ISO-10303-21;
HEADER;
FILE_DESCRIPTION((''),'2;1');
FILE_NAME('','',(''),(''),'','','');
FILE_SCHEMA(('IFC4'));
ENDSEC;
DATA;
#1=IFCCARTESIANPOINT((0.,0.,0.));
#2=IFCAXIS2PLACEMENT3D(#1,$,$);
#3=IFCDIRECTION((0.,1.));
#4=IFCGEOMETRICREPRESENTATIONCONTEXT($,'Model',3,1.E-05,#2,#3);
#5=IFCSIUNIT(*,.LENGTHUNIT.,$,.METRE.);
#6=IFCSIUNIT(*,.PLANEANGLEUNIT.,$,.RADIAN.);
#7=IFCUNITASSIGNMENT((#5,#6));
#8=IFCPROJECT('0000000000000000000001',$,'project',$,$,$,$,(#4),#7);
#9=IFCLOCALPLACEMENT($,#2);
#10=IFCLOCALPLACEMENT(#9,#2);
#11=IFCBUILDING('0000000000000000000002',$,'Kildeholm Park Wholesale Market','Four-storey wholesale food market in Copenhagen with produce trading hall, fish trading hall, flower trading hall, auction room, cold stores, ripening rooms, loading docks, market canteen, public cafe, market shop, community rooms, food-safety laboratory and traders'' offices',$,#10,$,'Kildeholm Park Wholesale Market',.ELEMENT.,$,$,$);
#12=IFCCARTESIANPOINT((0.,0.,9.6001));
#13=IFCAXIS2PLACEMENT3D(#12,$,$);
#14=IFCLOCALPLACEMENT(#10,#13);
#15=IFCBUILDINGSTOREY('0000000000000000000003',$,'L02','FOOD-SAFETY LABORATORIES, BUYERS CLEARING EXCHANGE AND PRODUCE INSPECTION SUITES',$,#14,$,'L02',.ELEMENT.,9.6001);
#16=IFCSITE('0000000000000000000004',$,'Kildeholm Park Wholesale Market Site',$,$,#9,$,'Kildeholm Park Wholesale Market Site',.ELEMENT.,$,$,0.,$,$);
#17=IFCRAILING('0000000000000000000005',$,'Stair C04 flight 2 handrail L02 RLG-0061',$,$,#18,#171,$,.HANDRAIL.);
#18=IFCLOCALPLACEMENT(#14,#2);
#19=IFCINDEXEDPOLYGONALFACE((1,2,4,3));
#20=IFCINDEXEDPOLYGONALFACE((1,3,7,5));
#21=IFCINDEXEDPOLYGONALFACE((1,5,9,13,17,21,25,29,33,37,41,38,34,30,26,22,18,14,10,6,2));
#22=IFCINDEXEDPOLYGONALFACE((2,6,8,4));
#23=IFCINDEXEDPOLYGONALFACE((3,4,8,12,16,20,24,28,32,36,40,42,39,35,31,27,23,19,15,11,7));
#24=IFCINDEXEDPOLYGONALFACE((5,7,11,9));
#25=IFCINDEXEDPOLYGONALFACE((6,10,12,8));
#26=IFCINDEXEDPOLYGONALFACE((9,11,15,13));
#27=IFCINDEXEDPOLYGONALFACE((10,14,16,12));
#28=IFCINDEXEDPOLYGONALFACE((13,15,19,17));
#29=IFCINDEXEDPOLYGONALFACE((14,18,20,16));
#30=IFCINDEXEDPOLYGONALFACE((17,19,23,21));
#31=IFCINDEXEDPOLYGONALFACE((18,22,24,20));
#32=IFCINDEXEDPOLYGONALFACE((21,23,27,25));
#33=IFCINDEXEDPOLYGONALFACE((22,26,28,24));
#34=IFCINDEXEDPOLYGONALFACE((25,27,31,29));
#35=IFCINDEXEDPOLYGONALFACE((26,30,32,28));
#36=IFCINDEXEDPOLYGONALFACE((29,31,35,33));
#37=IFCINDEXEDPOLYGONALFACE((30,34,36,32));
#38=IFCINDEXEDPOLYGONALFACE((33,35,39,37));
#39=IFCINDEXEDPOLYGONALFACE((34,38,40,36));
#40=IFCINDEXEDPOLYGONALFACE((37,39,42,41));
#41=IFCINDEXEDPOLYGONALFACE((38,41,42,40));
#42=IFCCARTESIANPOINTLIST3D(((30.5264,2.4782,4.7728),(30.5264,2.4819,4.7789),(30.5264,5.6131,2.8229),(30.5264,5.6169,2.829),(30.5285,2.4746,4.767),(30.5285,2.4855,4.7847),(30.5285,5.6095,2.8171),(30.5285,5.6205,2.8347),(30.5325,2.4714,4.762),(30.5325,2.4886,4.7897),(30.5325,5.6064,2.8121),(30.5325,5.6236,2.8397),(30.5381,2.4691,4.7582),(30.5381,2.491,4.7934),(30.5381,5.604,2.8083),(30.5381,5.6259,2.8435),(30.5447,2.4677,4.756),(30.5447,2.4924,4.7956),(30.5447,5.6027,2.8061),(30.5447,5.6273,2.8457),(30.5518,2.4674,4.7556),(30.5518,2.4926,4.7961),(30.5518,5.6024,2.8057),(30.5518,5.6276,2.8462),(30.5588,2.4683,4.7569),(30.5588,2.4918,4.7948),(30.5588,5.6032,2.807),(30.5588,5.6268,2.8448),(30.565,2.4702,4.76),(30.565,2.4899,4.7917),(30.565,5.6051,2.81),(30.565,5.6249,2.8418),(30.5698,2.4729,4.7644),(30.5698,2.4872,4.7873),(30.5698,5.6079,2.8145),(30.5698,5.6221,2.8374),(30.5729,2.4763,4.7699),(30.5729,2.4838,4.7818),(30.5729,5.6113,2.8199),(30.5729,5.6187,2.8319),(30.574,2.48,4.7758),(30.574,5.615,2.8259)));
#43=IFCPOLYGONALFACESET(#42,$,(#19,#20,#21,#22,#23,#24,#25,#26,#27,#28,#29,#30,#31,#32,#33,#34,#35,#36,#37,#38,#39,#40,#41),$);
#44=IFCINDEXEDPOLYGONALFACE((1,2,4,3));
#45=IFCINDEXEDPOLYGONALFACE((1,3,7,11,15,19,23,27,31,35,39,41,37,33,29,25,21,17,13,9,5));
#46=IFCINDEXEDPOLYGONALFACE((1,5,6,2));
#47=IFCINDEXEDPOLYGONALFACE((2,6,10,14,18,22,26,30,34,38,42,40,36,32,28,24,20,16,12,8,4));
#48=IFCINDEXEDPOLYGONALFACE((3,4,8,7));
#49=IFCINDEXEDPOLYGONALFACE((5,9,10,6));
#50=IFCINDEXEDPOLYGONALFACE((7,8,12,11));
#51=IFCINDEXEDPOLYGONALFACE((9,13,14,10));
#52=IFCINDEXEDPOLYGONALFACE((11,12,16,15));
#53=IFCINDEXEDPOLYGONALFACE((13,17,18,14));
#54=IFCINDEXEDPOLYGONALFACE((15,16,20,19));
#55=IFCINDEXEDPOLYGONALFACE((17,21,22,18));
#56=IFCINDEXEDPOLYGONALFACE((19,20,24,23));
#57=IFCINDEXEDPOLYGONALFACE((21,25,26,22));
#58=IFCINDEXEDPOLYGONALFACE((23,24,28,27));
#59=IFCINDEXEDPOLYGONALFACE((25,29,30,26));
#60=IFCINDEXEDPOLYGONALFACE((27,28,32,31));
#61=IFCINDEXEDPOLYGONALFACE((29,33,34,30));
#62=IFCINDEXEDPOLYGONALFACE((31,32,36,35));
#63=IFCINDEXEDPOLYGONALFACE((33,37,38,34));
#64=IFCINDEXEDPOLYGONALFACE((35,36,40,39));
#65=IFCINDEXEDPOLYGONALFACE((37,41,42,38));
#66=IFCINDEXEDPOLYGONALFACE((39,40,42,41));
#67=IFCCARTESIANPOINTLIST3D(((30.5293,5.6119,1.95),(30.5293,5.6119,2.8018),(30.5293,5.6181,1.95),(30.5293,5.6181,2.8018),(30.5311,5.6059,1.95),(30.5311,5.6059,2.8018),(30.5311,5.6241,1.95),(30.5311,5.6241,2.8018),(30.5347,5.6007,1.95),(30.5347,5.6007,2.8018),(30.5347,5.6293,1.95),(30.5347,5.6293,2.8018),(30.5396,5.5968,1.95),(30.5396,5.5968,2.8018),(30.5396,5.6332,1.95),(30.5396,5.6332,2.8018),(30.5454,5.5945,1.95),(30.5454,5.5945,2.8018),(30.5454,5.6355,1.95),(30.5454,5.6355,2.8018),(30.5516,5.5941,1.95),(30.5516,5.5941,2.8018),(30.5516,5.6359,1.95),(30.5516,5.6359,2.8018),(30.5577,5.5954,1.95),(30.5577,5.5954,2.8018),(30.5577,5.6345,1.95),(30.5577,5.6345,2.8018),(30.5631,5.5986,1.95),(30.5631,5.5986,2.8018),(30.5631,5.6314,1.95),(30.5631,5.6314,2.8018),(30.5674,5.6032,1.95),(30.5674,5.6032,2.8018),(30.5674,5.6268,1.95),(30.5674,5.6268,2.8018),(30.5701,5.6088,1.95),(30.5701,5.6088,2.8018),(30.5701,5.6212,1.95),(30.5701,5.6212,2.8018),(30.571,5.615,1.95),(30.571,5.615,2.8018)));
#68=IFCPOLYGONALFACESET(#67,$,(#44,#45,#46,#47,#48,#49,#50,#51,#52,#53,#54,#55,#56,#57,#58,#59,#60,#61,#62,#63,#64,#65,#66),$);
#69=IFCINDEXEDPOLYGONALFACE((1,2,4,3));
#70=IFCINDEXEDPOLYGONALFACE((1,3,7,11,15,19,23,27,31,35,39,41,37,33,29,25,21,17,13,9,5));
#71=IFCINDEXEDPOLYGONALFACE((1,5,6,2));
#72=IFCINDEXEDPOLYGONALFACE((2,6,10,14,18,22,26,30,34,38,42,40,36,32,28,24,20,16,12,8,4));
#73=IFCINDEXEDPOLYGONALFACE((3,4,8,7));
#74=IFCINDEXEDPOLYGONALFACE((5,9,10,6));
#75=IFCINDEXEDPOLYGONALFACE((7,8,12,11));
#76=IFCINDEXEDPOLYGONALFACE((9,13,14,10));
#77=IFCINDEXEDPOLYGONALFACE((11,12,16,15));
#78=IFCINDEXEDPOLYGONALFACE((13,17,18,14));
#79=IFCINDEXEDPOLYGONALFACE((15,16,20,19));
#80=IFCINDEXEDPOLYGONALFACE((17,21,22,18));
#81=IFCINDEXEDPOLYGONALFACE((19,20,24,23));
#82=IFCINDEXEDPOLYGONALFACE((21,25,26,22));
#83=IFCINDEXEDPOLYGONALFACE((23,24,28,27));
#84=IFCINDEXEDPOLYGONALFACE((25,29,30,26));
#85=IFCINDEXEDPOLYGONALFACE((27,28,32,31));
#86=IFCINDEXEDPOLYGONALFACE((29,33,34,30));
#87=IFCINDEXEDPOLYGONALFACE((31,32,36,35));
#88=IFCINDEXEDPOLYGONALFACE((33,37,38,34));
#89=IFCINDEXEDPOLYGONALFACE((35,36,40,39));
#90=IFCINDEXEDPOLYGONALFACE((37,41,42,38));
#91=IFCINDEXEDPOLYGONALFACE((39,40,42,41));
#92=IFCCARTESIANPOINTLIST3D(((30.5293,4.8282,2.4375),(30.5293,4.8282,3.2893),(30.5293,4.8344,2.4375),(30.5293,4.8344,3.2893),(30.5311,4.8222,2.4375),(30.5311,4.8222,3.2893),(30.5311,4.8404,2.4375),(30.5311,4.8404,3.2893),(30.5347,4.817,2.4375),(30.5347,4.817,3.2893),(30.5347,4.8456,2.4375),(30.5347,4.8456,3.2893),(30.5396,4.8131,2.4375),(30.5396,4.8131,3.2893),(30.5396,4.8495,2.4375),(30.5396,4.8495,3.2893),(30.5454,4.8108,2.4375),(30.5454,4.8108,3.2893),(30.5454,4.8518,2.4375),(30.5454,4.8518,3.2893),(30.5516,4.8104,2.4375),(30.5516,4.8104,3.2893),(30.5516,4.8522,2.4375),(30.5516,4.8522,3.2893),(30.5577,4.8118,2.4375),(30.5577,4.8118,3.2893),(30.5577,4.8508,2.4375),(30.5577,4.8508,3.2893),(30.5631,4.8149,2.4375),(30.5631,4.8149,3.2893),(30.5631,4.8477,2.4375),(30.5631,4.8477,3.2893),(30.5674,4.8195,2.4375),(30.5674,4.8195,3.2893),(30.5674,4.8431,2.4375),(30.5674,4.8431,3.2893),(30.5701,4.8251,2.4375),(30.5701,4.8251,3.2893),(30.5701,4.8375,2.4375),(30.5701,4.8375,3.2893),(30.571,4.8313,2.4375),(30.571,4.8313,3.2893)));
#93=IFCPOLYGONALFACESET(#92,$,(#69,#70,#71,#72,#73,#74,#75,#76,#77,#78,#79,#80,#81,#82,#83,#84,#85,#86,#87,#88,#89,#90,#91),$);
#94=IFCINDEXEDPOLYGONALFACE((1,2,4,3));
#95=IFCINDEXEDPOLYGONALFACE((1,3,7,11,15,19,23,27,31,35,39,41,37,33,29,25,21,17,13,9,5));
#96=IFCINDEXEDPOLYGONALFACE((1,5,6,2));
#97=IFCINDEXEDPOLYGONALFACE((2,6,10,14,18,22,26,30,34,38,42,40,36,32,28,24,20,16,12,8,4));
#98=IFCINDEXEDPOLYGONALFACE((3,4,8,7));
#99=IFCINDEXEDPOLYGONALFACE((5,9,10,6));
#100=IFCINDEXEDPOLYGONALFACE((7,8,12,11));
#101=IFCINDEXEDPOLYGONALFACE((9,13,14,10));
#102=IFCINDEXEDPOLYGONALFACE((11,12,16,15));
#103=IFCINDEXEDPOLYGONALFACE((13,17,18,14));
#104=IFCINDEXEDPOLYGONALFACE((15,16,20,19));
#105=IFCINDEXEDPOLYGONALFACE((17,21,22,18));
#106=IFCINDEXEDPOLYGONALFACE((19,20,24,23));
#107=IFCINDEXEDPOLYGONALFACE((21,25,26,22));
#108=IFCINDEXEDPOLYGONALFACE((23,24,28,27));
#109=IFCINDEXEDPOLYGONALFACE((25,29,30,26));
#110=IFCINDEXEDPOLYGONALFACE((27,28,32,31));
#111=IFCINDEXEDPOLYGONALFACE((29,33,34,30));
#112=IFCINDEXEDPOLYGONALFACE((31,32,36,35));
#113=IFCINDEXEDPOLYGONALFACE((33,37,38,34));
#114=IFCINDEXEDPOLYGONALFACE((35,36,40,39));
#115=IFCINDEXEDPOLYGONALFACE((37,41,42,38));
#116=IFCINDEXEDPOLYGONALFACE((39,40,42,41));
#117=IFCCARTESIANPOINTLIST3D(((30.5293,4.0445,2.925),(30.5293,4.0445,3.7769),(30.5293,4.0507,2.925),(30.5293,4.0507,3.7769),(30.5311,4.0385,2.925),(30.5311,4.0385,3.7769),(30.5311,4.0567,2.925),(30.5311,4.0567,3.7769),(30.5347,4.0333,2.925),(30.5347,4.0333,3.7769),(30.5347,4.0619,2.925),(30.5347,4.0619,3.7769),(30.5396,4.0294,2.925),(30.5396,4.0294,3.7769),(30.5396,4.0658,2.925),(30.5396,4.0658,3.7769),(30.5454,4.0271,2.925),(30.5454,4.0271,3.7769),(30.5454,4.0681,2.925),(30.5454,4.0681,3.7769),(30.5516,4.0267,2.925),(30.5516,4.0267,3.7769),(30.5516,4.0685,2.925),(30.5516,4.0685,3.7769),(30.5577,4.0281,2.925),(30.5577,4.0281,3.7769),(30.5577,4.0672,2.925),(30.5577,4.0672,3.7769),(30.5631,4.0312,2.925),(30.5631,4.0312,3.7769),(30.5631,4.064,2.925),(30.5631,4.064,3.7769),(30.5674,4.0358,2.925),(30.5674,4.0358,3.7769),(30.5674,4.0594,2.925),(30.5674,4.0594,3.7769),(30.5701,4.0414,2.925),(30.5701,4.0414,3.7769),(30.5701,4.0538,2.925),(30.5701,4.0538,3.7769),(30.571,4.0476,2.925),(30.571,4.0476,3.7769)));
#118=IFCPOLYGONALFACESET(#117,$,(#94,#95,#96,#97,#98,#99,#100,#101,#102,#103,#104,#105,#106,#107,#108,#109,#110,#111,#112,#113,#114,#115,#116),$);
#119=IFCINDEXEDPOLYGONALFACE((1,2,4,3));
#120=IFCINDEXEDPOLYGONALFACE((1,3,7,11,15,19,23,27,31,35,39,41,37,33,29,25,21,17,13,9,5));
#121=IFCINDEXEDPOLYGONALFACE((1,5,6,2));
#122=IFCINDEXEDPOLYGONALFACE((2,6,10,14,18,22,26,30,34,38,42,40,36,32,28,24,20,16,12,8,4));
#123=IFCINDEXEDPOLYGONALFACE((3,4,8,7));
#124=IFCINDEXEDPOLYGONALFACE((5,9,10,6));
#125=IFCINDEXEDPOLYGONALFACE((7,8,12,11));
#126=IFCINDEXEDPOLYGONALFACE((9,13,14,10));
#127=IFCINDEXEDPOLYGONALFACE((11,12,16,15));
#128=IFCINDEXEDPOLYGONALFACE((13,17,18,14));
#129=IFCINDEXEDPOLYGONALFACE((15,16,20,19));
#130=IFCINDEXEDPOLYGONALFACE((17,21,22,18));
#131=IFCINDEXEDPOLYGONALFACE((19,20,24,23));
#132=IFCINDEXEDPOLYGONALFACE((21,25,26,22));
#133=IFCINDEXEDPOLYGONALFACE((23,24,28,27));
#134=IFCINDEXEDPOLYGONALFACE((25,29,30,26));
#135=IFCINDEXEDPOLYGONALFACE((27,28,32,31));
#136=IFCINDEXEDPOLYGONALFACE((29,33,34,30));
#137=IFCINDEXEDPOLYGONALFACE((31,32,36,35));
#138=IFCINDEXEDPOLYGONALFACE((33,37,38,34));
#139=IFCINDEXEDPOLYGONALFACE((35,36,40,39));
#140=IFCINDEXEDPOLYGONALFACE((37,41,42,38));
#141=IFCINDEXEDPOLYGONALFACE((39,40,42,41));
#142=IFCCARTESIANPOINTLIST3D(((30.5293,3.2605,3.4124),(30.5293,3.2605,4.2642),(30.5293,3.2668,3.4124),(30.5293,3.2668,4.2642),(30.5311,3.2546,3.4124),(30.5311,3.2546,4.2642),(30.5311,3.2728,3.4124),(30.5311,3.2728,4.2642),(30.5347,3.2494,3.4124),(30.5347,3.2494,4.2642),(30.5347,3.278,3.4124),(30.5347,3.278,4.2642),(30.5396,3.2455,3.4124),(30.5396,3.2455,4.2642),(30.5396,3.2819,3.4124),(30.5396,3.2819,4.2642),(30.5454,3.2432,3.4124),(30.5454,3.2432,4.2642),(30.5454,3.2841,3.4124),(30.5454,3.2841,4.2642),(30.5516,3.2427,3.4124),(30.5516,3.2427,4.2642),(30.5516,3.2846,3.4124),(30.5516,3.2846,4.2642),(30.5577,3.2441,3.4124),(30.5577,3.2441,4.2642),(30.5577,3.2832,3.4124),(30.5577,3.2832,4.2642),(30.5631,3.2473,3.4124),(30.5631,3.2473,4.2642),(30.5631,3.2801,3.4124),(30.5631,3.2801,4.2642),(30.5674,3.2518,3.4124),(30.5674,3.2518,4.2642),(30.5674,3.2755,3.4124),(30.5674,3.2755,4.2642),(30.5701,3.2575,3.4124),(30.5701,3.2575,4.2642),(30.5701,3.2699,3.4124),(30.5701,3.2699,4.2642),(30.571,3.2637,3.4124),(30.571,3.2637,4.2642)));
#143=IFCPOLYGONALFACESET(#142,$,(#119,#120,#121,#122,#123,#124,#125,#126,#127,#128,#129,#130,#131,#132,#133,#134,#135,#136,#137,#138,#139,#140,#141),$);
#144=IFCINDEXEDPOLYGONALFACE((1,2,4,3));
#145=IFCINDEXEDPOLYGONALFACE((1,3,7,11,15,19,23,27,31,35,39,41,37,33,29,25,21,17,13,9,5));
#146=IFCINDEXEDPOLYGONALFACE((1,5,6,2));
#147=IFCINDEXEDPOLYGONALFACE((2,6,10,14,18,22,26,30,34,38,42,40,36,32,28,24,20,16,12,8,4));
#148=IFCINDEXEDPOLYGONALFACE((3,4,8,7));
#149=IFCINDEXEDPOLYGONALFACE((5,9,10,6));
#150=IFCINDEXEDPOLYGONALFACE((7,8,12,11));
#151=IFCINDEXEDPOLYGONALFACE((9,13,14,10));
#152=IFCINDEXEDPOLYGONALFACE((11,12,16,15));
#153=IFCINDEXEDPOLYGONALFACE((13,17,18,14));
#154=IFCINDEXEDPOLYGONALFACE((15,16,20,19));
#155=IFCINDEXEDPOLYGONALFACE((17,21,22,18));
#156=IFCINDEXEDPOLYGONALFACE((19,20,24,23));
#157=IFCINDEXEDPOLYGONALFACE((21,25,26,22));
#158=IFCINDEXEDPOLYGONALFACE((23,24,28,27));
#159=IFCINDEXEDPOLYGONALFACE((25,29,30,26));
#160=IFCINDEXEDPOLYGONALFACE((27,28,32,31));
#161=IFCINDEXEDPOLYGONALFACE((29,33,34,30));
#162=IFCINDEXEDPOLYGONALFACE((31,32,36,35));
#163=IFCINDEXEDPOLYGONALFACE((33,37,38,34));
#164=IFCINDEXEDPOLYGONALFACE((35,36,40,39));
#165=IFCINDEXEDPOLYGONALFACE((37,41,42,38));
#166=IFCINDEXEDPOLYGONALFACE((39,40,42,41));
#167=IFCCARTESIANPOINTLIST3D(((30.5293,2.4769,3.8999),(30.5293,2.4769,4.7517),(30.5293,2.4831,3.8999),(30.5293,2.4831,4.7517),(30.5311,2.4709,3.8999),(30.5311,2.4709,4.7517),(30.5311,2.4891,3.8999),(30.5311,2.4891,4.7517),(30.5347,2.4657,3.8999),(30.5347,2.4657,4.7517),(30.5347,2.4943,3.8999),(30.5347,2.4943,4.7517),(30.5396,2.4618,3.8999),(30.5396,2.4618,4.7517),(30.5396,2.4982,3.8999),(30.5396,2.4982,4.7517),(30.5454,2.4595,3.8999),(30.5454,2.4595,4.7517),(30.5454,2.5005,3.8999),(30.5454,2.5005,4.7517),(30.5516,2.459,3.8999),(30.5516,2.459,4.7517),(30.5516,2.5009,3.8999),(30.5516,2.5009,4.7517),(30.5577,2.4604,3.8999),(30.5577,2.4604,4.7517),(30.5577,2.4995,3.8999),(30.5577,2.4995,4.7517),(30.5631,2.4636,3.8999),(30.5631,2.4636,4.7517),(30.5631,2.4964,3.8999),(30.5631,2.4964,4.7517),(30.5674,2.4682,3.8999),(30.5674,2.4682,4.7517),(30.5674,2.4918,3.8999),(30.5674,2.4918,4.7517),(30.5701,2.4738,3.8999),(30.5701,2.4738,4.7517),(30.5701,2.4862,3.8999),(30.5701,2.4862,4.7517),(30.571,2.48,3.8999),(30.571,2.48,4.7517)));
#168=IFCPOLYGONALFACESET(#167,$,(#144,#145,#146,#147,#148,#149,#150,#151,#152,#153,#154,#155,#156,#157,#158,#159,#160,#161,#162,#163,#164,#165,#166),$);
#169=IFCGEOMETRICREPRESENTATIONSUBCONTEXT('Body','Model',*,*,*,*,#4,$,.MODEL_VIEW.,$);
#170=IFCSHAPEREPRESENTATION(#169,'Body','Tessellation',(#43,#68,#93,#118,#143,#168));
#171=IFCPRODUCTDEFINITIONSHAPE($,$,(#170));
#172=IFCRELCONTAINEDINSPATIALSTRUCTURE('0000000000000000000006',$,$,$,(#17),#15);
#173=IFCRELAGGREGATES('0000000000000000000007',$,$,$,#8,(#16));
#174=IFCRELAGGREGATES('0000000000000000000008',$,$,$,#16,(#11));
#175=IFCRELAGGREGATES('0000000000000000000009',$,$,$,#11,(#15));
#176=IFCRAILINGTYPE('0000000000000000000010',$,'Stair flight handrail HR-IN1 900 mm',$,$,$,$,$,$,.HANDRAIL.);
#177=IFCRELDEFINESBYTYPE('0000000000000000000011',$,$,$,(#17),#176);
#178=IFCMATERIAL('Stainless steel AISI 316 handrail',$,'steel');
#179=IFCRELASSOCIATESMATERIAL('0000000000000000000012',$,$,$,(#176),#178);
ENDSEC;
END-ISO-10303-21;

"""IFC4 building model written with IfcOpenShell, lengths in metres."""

from ifc_helpers import new_model, si_unit, direction, frame, origin, origin_2d, place, context, subcontext, project, spatial, circle, extrude, material, type_object, element, save


model = new_model("IFC4")

# Units and contexts
model_context = context("Model", 3, precision=1e-05, world=origin(), true_north=direction((0.0, 1.0)))
body_context = subcontext(model_context, "Body", "Model", "MODEL_VIEW")
ifc_project = project(units=[si_unit("LENGTHUNIT", "METRE"), si_unit("PLANEANGLEUNIT", "RADIAN")], contexts=[model_context])

# Site, building, storey
site_placement = place(None, origin())
site = spatial("IfcSite", under=ifc_project, at=site_placement, Name="Kildeholm Park Wholesale Market Site", LongName="Kildeholm Park Wholesale Market Site", CompositionType="ELEMENT", RefElevation=0.0)
building_placement = place(site_placement, origin())
building = spatial("IfcBuilding", under=site, at=building_placement, Name="Kildeholm Park Wholesale Market", Description="Four-storey wholesale food market in Copenhagen with produce trading hall, fish trading hall, flower trading hall, auction room, cold stores, ripening rooms, loading docks, market canteen, public cafe, market shop, community rooms, food-safety laboratory and traders' offices", LongName="Kildeholm Park Wholesale Market", CompositionType="ELEMENT")
storey_placement = place(building_placement, frame((0.0, 0.0, 9.6001)))
storey = spatial("IfcBuildingStorey", under=building, at=storey_placement, Name="L02", Description="FOOD-SAFETY LABORATORIES, BUYERS CLEARING EXCHANGE AND PRODUCE INSPECTION SUITES", LongName="L02", CompositionType="ELEMENT", Elevation=9.6001)

# Railing
ifc_material_1 = material(Name="Stainless steel AISI 316 handrail", Category="steel")
railing_type_1 = type_object("IfcRailingType", Name="Stair flight handrail HR-IN1 900 mm", PredefinedType="HANDRAIL", material=ifc_material_1)
railing_1_placement = place(storey_placement, frame((30.55, 5.615, 1.95)))
element("IfcRailing", 1, at=railing_1_placement, inside=storey, type_object=railing_type_1, Name="Stair C04 flight 2 handrail L02 RLG-0061", PredefinedType="HANDRAIL", context=body_context, shape_type="SweptSolid", body=[
    extrude(circle(Radius=0.0239, at=origin_2d()), frame((0.0, 0.0, 0.876), z_axis=(0.0, -0.849144, 0.528161), x_axis=(1.0, 0.0, 0.0)), (0.0, 0.0, 1.0), 3.6919),
    extrude(circle(Radius=0.021, at=origin_2d()), origin(), (0.0, 0.0, 1.0), 0.8518),
    extrude(circle(Radius=0.021, at=origin_2d()), frame((0.0, -0.7837, 0.4875)), (0.0, 0.0, 1.0), 0.8518),
    extrude(circle(Radius=0.021, at=origin_2d()), frame((0.0, -1.5674, 0.9751)), (0.0, 0.0, 1.0), 0.8518),
    extrude(circle(Radius=0.021, at=origin_2d()), frame((0.0, -2.3513, 1.4624)), (0.0, 0.0, 1.0), 0.8518),
    extrude(circle(Radius=0.021, at=origin_2d()), frame((0.0, -3.135, 1.95)), (0.0, 0.0, 1.0), 0.8518),
])

save(model, "model.ifc")
